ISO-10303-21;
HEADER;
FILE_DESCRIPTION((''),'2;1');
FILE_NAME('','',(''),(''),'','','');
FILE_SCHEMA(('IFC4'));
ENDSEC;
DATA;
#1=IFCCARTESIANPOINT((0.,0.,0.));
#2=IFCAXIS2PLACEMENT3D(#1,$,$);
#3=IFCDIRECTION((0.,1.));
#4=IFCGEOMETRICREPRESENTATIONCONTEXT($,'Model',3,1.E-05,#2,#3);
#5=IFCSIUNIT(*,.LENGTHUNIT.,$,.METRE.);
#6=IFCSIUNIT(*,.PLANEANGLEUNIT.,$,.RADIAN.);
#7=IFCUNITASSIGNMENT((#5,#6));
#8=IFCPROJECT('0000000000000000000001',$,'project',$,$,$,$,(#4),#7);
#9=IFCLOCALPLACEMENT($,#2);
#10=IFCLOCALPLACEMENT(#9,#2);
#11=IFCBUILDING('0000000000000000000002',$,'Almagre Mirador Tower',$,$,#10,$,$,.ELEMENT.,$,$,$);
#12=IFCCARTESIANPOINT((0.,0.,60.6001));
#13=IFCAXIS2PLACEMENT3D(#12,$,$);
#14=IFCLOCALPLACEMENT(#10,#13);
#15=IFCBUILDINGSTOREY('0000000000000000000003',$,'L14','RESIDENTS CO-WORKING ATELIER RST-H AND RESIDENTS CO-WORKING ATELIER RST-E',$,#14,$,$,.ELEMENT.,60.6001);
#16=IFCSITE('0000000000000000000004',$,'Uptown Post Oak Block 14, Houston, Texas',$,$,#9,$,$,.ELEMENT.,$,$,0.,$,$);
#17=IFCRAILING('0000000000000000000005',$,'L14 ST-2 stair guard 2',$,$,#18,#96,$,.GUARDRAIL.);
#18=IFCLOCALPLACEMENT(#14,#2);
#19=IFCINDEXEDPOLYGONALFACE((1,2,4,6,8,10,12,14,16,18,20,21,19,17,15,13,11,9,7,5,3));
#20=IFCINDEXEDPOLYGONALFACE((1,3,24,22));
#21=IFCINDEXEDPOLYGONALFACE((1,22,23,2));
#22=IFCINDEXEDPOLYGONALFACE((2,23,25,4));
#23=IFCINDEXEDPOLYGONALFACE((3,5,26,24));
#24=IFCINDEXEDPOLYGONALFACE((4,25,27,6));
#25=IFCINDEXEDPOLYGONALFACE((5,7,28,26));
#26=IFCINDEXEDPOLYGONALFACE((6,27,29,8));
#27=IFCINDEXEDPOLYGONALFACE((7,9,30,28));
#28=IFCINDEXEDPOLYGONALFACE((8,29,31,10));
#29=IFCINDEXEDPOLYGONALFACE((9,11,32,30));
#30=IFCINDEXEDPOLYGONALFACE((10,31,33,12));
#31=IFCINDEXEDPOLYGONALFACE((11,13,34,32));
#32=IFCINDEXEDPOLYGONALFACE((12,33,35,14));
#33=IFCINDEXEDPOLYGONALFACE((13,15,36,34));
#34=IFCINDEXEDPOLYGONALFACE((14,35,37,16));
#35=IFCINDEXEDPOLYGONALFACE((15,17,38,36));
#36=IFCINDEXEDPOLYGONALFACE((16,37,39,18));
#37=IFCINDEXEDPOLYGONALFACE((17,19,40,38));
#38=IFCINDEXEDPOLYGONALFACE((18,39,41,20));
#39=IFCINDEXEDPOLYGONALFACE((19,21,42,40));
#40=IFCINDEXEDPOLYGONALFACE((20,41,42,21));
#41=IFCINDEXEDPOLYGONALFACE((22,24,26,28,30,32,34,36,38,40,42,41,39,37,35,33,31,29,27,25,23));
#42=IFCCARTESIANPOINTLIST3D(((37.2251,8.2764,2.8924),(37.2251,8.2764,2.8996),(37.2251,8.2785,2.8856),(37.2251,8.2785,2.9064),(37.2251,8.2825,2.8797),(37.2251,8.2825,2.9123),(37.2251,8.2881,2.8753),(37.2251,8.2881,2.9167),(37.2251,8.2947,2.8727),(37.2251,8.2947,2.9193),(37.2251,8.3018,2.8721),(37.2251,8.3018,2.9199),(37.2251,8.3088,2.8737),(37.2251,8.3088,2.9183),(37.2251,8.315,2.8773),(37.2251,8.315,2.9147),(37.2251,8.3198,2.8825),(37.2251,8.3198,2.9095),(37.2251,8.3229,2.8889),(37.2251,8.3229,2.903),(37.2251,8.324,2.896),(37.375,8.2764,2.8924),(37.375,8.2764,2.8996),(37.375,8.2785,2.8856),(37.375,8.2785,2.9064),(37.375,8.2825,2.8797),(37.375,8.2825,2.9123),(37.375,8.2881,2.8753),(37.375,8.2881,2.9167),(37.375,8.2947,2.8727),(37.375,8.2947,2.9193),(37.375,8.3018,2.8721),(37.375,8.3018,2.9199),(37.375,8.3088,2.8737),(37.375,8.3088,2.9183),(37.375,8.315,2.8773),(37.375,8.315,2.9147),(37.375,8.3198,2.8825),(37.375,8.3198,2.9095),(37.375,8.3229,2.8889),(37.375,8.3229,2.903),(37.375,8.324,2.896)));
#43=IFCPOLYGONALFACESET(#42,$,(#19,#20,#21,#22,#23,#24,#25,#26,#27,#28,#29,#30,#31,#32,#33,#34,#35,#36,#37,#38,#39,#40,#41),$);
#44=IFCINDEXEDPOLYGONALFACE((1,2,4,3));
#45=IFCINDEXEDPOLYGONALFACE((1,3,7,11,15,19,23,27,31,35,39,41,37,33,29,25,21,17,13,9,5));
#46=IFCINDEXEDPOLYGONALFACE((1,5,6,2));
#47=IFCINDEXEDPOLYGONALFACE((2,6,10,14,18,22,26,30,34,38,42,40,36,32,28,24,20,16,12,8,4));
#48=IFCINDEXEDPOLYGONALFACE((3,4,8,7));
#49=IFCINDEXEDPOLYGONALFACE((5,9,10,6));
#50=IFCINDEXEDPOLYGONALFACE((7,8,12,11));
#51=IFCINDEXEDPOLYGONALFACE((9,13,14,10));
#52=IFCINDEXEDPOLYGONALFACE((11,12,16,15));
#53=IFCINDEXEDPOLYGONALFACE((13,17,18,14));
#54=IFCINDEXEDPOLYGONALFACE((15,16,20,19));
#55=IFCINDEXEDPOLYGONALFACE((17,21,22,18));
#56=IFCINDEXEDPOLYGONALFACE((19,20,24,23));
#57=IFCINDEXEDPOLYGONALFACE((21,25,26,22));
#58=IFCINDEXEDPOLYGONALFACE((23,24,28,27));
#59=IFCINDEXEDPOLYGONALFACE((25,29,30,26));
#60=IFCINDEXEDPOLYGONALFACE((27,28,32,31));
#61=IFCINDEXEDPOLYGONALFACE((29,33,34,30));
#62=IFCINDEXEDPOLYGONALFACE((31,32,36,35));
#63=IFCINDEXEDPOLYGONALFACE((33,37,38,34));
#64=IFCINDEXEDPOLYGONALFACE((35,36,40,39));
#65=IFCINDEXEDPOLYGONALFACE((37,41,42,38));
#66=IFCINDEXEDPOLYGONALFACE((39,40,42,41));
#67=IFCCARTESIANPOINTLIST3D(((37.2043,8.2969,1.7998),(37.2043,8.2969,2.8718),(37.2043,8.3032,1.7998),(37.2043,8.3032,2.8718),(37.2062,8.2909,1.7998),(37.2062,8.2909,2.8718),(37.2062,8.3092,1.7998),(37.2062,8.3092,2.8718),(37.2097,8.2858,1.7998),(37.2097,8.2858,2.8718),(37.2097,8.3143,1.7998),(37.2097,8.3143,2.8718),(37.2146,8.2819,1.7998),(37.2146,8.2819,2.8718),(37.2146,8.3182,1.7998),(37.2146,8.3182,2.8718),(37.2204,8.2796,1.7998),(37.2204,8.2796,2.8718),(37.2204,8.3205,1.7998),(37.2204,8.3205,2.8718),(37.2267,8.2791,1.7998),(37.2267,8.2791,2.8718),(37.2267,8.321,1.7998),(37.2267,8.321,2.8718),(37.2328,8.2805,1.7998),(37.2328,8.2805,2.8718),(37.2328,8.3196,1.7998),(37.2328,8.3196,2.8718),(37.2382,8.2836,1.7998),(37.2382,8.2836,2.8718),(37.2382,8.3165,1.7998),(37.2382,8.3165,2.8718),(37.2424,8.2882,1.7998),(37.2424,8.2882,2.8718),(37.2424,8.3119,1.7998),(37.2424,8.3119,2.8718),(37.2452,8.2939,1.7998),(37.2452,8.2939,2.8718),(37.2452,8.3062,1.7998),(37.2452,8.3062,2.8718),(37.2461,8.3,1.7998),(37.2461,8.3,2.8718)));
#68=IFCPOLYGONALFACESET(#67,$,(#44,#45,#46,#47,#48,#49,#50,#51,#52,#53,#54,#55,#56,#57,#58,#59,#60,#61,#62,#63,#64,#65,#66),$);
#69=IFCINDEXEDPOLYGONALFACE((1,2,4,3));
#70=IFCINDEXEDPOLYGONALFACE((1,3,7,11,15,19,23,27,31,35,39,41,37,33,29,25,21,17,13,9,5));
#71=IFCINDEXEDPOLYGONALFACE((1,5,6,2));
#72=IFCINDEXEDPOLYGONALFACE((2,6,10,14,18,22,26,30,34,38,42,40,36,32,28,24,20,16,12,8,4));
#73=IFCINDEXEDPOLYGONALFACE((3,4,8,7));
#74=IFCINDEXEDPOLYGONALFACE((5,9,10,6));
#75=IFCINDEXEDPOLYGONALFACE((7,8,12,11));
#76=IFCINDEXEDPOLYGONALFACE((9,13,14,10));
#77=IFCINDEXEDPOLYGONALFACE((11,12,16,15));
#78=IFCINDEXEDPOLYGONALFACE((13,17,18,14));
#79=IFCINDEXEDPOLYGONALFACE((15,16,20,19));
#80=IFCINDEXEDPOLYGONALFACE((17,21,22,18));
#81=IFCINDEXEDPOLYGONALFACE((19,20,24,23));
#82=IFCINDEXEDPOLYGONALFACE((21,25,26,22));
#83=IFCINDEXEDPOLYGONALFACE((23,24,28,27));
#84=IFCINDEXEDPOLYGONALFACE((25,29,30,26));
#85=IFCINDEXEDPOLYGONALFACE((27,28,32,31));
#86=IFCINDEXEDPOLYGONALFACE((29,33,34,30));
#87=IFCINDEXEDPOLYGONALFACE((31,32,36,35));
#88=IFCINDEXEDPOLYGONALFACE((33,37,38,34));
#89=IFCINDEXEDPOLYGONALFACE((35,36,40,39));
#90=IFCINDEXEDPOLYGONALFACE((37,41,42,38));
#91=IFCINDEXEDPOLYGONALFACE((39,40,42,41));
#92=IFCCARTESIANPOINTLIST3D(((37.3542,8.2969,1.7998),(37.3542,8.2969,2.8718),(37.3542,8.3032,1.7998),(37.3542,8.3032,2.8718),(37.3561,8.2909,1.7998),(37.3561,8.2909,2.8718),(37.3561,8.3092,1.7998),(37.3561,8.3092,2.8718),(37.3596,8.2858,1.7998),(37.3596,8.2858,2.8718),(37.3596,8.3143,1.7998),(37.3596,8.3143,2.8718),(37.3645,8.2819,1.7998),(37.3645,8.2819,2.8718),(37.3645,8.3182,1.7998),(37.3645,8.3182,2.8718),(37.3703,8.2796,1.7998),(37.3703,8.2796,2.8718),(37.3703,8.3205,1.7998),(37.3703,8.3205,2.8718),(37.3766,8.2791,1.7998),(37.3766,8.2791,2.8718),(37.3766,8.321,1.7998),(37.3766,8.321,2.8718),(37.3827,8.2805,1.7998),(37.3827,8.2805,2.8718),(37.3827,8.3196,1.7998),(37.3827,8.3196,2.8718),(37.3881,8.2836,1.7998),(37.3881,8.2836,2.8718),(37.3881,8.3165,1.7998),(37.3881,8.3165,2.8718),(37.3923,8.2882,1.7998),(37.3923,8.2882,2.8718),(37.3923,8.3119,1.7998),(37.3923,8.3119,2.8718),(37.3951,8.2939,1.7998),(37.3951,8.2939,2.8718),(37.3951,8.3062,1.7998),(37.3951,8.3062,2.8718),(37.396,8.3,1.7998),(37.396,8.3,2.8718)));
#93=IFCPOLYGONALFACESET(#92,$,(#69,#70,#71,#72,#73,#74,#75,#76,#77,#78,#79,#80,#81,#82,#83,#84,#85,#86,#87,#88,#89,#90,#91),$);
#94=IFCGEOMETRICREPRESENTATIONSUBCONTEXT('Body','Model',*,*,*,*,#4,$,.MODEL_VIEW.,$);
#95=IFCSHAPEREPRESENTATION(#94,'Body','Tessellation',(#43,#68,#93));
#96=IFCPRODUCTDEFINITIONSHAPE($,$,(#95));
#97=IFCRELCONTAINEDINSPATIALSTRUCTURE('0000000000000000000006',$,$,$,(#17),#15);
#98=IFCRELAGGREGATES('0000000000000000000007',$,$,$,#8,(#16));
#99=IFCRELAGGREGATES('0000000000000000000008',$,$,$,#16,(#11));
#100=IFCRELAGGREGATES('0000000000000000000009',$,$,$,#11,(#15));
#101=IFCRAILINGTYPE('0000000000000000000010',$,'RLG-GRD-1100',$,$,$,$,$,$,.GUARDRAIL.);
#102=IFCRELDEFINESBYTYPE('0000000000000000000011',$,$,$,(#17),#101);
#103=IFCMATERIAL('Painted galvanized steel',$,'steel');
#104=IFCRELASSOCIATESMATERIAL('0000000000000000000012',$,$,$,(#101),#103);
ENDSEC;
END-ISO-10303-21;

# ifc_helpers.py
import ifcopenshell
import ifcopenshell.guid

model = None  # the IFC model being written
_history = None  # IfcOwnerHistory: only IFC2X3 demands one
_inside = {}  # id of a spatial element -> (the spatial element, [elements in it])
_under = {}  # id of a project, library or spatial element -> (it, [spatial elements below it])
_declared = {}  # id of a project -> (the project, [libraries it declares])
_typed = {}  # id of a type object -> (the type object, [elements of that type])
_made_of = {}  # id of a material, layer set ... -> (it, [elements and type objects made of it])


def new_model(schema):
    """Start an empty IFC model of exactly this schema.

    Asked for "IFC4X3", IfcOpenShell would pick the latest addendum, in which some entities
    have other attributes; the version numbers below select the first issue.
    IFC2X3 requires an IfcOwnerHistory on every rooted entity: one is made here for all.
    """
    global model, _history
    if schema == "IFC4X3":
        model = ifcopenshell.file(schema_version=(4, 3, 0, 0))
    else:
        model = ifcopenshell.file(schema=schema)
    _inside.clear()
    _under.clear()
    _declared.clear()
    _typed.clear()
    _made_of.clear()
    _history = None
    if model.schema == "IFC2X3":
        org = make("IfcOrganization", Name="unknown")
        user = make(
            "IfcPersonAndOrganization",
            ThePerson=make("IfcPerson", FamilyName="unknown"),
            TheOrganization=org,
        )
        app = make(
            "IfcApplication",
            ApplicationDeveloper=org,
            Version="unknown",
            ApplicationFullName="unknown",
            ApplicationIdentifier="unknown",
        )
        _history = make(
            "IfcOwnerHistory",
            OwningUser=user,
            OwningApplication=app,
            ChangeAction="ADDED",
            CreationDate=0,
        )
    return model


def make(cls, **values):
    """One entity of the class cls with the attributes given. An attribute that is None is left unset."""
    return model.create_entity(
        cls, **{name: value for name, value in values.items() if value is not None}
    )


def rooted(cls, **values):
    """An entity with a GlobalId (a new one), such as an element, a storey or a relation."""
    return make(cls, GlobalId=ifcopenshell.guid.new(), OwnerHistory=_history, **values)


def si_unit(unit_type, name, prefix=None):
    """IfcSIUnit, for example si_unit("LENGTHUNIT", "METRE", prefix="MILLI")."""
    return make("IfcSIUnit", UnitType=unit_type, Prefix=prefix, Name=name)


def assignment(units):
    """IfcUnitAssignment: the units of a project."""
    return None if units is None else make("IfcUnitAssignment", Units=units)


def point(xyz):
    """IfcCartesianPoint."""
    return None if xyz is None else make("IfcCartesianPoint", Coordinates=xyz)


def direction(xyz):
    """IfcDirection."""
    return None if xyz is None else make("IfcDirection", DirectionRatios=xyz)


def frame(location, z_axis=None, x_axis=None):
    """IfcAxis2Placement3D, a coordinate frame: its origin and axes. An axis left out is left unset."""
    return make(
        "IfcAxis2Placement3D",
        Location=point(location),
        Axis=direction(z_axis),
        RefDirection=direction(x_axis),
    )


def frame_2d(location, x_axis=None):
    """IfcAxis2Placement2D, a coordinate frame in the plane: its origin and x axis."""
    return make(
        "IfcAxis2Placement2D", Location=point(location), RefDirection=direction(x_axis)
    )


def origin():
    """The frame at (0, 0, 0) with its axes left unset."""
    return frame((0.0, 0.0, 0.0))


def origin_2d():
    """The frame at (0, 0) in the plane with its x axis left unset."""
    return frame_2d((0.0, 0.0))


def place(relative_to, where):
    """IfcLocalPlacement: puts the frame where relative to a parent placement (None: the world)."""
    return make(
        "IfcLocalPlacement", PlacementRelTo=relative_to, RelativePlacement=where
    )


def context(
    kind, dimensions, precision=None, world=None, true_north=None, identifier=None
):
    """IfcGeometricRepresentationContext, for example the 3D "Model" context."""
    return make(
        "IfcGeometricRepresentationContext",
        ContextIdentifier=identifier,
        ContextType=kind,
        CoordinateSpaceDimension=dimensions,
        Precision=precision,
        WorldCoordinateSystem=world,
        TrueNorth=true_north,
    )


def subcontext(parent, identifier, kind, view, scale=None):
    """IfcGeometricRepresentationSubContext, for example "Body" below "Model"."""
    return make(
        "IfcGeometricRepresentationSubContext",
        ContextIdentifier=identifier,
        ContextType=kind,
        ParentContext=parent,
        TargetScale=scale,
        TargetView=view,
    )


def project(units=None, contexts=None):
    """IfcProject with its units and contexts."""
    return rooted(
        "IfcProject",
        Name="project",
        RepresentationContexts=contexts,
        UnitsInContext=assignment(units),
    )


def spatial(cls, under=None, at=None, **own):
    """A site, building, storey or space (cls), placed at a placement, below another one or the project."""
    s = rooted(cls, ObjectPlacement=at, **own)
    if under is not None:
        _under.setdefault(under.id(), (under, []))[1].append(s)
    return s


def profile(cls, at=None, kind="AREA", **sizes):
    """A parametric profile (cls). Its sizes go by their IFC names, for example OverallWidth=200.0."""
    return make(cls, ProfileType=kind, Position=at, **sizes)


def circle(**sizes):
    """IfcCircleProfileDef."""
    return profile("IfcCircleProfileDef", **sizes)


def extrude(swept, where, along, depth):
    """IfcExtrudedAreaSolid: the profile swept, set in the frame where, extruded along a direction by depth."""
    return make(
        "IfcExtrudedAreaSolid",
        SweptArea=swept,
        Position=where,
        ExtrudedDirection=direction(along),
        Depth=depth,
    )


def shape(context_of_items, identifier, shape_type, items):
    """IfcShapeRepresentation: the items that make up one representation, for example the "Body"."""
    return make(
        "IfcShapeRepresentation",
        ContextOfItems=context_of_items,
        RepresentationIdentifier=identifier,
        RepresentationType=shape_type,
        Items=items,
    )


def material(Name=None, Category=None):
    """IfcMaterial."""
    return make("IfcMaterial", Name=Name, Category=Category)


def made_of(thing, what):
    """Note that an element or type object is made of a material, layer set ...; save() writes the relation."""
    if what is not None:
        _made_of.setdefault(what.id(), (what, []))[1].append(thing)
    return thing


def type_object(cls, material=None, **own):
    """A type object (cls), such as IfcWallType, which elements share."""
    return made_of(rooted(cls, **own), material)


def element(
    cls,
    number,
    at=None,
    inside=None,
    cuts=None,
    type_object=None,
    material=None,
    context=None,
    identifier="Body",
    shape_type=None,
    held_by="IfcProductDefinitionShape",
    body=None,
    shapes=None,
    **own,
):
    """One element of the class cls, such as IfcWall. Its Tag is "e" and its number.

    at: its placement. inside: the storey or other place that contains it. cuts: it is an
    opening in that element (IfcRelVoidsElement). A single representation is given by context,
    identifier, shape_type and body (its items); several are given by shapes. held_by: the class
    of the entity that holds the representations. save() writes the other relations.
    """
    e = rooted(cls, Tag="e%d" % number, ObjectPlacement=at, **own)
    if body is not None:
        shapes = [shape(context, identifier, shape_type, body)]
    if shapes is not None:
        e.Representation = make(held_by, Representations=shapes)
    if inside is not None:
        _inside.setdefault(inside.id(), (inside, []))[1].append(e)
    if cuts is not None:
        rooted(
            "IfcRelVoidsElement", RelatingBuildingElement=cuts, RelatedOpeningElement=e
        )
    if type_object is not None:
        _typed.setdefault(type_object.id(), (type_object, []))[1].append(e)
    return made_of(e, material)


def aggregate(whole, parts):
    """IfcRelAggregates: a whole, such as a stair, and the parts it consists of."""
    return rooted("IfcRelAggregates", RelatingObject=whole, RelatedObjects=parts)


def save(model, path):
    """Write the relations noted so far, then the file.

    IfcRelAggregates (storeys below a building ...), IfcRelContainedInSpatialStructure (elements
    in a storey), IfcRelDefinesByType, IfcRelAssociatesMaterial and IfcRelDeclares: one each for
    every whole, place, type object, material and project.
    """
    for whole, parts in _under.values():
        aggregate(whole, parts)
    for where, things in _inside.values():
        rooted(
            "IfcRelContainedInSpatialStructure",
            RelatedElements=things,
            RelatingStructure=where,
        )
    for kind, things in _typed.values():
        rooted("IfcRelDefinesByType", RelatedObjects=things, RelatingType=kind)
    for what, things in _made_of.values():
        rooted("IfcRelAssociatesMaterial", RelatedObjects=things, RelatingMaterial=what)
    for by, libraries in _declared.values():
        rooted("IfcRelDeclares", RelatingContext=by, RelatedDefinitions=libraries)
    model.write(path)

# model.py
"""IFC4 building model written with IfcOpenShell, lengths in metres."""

from ifc_helpers import new_model, si_unit, direction, frame, origin, origin_2d, place, context, subcontext, project, spatial, circle, extrude, material, type_object, element, save


model = new_model("IFC4")

# Units and contexts
model_context = context("Model", 3, precision=1e-05, world=origin(), true_north=direction((0.0, 1.0)))
body_context = subcontext(model_context, "Body", "Model", "MODEL_VIEW")
ifc_project = project(units=[si_unit("LENGTHUNIT", "METRE"), si_unit("PLANEANGLEUNIT", "RADIAN")], contexts=[model_context])

# Site, building, storey
site_placement = place(None, origin())
site = spatial("IfcSite", under=ifc_project, at=site_placement, Name="Uptown Post Oak Block 14, Houston, Texas", CompositionType="ELEMENT", RefElevation=0.0)
building_placement = place(site_placement, origin())
building = spatial("IfcBuilding", under=site, at=building_placement, Name="Almagre Mirador Tower", CompositionType="ELEMENT")
storey_placement = place(building_placement, frame((0.0, 0.0, 60.6001)))
storey = spatial("IfcBuildingStorey", under=building, at=storey_placement, Name="L14", Description="RESIDENTS CO-WORKING ATELIER RST-H AND RESIDENTS CO-WORKING ATELIER RST-E", CompositionType="ELEMENT", Elevation=60.6001)

# Railing
ifc_material_1 = material(Name="Painted galvanized steel", Category="steel")
railing_type_1 = type_object("IfcRailingType", Name="RLG-GRD-1100", PredefinedType="GUARDRAIL", material=ifc_material_1)
railing_1_placement = place(storey_placement, frame((37.2251, 8.3, 1.7998)))
element("IfcRailing", 1, at=railing_1_placement, inside=storey, type_object=railing_type_1, Name="L14 ST-2 stair guard 2", PredefinedType="GUARDRAIL", context=body_context, shape_type="SweptSolid", body=[
    extrude(circle(Radius=0.0239, at=origin_2d()), frame((0.0, 0.0, 1.0962), z_axis=(1.0, 0.0, 0.0), x_axis=(0.0, 1.0, 0.0)), (0.0, 0.0, 1.0), 0.1499),
    extrude(circle(Radius=0.021, at=origin_2d()), origin(), (0.0, 0.0, 1.0), 1.072),
    extrude(circle(Radius=0.021, at=origin_2d()), frame((0.1499, 0.0, 0.0)), (0.0, 0.0, 1.0), 1.072),
])

save(model, "model.ifc")
